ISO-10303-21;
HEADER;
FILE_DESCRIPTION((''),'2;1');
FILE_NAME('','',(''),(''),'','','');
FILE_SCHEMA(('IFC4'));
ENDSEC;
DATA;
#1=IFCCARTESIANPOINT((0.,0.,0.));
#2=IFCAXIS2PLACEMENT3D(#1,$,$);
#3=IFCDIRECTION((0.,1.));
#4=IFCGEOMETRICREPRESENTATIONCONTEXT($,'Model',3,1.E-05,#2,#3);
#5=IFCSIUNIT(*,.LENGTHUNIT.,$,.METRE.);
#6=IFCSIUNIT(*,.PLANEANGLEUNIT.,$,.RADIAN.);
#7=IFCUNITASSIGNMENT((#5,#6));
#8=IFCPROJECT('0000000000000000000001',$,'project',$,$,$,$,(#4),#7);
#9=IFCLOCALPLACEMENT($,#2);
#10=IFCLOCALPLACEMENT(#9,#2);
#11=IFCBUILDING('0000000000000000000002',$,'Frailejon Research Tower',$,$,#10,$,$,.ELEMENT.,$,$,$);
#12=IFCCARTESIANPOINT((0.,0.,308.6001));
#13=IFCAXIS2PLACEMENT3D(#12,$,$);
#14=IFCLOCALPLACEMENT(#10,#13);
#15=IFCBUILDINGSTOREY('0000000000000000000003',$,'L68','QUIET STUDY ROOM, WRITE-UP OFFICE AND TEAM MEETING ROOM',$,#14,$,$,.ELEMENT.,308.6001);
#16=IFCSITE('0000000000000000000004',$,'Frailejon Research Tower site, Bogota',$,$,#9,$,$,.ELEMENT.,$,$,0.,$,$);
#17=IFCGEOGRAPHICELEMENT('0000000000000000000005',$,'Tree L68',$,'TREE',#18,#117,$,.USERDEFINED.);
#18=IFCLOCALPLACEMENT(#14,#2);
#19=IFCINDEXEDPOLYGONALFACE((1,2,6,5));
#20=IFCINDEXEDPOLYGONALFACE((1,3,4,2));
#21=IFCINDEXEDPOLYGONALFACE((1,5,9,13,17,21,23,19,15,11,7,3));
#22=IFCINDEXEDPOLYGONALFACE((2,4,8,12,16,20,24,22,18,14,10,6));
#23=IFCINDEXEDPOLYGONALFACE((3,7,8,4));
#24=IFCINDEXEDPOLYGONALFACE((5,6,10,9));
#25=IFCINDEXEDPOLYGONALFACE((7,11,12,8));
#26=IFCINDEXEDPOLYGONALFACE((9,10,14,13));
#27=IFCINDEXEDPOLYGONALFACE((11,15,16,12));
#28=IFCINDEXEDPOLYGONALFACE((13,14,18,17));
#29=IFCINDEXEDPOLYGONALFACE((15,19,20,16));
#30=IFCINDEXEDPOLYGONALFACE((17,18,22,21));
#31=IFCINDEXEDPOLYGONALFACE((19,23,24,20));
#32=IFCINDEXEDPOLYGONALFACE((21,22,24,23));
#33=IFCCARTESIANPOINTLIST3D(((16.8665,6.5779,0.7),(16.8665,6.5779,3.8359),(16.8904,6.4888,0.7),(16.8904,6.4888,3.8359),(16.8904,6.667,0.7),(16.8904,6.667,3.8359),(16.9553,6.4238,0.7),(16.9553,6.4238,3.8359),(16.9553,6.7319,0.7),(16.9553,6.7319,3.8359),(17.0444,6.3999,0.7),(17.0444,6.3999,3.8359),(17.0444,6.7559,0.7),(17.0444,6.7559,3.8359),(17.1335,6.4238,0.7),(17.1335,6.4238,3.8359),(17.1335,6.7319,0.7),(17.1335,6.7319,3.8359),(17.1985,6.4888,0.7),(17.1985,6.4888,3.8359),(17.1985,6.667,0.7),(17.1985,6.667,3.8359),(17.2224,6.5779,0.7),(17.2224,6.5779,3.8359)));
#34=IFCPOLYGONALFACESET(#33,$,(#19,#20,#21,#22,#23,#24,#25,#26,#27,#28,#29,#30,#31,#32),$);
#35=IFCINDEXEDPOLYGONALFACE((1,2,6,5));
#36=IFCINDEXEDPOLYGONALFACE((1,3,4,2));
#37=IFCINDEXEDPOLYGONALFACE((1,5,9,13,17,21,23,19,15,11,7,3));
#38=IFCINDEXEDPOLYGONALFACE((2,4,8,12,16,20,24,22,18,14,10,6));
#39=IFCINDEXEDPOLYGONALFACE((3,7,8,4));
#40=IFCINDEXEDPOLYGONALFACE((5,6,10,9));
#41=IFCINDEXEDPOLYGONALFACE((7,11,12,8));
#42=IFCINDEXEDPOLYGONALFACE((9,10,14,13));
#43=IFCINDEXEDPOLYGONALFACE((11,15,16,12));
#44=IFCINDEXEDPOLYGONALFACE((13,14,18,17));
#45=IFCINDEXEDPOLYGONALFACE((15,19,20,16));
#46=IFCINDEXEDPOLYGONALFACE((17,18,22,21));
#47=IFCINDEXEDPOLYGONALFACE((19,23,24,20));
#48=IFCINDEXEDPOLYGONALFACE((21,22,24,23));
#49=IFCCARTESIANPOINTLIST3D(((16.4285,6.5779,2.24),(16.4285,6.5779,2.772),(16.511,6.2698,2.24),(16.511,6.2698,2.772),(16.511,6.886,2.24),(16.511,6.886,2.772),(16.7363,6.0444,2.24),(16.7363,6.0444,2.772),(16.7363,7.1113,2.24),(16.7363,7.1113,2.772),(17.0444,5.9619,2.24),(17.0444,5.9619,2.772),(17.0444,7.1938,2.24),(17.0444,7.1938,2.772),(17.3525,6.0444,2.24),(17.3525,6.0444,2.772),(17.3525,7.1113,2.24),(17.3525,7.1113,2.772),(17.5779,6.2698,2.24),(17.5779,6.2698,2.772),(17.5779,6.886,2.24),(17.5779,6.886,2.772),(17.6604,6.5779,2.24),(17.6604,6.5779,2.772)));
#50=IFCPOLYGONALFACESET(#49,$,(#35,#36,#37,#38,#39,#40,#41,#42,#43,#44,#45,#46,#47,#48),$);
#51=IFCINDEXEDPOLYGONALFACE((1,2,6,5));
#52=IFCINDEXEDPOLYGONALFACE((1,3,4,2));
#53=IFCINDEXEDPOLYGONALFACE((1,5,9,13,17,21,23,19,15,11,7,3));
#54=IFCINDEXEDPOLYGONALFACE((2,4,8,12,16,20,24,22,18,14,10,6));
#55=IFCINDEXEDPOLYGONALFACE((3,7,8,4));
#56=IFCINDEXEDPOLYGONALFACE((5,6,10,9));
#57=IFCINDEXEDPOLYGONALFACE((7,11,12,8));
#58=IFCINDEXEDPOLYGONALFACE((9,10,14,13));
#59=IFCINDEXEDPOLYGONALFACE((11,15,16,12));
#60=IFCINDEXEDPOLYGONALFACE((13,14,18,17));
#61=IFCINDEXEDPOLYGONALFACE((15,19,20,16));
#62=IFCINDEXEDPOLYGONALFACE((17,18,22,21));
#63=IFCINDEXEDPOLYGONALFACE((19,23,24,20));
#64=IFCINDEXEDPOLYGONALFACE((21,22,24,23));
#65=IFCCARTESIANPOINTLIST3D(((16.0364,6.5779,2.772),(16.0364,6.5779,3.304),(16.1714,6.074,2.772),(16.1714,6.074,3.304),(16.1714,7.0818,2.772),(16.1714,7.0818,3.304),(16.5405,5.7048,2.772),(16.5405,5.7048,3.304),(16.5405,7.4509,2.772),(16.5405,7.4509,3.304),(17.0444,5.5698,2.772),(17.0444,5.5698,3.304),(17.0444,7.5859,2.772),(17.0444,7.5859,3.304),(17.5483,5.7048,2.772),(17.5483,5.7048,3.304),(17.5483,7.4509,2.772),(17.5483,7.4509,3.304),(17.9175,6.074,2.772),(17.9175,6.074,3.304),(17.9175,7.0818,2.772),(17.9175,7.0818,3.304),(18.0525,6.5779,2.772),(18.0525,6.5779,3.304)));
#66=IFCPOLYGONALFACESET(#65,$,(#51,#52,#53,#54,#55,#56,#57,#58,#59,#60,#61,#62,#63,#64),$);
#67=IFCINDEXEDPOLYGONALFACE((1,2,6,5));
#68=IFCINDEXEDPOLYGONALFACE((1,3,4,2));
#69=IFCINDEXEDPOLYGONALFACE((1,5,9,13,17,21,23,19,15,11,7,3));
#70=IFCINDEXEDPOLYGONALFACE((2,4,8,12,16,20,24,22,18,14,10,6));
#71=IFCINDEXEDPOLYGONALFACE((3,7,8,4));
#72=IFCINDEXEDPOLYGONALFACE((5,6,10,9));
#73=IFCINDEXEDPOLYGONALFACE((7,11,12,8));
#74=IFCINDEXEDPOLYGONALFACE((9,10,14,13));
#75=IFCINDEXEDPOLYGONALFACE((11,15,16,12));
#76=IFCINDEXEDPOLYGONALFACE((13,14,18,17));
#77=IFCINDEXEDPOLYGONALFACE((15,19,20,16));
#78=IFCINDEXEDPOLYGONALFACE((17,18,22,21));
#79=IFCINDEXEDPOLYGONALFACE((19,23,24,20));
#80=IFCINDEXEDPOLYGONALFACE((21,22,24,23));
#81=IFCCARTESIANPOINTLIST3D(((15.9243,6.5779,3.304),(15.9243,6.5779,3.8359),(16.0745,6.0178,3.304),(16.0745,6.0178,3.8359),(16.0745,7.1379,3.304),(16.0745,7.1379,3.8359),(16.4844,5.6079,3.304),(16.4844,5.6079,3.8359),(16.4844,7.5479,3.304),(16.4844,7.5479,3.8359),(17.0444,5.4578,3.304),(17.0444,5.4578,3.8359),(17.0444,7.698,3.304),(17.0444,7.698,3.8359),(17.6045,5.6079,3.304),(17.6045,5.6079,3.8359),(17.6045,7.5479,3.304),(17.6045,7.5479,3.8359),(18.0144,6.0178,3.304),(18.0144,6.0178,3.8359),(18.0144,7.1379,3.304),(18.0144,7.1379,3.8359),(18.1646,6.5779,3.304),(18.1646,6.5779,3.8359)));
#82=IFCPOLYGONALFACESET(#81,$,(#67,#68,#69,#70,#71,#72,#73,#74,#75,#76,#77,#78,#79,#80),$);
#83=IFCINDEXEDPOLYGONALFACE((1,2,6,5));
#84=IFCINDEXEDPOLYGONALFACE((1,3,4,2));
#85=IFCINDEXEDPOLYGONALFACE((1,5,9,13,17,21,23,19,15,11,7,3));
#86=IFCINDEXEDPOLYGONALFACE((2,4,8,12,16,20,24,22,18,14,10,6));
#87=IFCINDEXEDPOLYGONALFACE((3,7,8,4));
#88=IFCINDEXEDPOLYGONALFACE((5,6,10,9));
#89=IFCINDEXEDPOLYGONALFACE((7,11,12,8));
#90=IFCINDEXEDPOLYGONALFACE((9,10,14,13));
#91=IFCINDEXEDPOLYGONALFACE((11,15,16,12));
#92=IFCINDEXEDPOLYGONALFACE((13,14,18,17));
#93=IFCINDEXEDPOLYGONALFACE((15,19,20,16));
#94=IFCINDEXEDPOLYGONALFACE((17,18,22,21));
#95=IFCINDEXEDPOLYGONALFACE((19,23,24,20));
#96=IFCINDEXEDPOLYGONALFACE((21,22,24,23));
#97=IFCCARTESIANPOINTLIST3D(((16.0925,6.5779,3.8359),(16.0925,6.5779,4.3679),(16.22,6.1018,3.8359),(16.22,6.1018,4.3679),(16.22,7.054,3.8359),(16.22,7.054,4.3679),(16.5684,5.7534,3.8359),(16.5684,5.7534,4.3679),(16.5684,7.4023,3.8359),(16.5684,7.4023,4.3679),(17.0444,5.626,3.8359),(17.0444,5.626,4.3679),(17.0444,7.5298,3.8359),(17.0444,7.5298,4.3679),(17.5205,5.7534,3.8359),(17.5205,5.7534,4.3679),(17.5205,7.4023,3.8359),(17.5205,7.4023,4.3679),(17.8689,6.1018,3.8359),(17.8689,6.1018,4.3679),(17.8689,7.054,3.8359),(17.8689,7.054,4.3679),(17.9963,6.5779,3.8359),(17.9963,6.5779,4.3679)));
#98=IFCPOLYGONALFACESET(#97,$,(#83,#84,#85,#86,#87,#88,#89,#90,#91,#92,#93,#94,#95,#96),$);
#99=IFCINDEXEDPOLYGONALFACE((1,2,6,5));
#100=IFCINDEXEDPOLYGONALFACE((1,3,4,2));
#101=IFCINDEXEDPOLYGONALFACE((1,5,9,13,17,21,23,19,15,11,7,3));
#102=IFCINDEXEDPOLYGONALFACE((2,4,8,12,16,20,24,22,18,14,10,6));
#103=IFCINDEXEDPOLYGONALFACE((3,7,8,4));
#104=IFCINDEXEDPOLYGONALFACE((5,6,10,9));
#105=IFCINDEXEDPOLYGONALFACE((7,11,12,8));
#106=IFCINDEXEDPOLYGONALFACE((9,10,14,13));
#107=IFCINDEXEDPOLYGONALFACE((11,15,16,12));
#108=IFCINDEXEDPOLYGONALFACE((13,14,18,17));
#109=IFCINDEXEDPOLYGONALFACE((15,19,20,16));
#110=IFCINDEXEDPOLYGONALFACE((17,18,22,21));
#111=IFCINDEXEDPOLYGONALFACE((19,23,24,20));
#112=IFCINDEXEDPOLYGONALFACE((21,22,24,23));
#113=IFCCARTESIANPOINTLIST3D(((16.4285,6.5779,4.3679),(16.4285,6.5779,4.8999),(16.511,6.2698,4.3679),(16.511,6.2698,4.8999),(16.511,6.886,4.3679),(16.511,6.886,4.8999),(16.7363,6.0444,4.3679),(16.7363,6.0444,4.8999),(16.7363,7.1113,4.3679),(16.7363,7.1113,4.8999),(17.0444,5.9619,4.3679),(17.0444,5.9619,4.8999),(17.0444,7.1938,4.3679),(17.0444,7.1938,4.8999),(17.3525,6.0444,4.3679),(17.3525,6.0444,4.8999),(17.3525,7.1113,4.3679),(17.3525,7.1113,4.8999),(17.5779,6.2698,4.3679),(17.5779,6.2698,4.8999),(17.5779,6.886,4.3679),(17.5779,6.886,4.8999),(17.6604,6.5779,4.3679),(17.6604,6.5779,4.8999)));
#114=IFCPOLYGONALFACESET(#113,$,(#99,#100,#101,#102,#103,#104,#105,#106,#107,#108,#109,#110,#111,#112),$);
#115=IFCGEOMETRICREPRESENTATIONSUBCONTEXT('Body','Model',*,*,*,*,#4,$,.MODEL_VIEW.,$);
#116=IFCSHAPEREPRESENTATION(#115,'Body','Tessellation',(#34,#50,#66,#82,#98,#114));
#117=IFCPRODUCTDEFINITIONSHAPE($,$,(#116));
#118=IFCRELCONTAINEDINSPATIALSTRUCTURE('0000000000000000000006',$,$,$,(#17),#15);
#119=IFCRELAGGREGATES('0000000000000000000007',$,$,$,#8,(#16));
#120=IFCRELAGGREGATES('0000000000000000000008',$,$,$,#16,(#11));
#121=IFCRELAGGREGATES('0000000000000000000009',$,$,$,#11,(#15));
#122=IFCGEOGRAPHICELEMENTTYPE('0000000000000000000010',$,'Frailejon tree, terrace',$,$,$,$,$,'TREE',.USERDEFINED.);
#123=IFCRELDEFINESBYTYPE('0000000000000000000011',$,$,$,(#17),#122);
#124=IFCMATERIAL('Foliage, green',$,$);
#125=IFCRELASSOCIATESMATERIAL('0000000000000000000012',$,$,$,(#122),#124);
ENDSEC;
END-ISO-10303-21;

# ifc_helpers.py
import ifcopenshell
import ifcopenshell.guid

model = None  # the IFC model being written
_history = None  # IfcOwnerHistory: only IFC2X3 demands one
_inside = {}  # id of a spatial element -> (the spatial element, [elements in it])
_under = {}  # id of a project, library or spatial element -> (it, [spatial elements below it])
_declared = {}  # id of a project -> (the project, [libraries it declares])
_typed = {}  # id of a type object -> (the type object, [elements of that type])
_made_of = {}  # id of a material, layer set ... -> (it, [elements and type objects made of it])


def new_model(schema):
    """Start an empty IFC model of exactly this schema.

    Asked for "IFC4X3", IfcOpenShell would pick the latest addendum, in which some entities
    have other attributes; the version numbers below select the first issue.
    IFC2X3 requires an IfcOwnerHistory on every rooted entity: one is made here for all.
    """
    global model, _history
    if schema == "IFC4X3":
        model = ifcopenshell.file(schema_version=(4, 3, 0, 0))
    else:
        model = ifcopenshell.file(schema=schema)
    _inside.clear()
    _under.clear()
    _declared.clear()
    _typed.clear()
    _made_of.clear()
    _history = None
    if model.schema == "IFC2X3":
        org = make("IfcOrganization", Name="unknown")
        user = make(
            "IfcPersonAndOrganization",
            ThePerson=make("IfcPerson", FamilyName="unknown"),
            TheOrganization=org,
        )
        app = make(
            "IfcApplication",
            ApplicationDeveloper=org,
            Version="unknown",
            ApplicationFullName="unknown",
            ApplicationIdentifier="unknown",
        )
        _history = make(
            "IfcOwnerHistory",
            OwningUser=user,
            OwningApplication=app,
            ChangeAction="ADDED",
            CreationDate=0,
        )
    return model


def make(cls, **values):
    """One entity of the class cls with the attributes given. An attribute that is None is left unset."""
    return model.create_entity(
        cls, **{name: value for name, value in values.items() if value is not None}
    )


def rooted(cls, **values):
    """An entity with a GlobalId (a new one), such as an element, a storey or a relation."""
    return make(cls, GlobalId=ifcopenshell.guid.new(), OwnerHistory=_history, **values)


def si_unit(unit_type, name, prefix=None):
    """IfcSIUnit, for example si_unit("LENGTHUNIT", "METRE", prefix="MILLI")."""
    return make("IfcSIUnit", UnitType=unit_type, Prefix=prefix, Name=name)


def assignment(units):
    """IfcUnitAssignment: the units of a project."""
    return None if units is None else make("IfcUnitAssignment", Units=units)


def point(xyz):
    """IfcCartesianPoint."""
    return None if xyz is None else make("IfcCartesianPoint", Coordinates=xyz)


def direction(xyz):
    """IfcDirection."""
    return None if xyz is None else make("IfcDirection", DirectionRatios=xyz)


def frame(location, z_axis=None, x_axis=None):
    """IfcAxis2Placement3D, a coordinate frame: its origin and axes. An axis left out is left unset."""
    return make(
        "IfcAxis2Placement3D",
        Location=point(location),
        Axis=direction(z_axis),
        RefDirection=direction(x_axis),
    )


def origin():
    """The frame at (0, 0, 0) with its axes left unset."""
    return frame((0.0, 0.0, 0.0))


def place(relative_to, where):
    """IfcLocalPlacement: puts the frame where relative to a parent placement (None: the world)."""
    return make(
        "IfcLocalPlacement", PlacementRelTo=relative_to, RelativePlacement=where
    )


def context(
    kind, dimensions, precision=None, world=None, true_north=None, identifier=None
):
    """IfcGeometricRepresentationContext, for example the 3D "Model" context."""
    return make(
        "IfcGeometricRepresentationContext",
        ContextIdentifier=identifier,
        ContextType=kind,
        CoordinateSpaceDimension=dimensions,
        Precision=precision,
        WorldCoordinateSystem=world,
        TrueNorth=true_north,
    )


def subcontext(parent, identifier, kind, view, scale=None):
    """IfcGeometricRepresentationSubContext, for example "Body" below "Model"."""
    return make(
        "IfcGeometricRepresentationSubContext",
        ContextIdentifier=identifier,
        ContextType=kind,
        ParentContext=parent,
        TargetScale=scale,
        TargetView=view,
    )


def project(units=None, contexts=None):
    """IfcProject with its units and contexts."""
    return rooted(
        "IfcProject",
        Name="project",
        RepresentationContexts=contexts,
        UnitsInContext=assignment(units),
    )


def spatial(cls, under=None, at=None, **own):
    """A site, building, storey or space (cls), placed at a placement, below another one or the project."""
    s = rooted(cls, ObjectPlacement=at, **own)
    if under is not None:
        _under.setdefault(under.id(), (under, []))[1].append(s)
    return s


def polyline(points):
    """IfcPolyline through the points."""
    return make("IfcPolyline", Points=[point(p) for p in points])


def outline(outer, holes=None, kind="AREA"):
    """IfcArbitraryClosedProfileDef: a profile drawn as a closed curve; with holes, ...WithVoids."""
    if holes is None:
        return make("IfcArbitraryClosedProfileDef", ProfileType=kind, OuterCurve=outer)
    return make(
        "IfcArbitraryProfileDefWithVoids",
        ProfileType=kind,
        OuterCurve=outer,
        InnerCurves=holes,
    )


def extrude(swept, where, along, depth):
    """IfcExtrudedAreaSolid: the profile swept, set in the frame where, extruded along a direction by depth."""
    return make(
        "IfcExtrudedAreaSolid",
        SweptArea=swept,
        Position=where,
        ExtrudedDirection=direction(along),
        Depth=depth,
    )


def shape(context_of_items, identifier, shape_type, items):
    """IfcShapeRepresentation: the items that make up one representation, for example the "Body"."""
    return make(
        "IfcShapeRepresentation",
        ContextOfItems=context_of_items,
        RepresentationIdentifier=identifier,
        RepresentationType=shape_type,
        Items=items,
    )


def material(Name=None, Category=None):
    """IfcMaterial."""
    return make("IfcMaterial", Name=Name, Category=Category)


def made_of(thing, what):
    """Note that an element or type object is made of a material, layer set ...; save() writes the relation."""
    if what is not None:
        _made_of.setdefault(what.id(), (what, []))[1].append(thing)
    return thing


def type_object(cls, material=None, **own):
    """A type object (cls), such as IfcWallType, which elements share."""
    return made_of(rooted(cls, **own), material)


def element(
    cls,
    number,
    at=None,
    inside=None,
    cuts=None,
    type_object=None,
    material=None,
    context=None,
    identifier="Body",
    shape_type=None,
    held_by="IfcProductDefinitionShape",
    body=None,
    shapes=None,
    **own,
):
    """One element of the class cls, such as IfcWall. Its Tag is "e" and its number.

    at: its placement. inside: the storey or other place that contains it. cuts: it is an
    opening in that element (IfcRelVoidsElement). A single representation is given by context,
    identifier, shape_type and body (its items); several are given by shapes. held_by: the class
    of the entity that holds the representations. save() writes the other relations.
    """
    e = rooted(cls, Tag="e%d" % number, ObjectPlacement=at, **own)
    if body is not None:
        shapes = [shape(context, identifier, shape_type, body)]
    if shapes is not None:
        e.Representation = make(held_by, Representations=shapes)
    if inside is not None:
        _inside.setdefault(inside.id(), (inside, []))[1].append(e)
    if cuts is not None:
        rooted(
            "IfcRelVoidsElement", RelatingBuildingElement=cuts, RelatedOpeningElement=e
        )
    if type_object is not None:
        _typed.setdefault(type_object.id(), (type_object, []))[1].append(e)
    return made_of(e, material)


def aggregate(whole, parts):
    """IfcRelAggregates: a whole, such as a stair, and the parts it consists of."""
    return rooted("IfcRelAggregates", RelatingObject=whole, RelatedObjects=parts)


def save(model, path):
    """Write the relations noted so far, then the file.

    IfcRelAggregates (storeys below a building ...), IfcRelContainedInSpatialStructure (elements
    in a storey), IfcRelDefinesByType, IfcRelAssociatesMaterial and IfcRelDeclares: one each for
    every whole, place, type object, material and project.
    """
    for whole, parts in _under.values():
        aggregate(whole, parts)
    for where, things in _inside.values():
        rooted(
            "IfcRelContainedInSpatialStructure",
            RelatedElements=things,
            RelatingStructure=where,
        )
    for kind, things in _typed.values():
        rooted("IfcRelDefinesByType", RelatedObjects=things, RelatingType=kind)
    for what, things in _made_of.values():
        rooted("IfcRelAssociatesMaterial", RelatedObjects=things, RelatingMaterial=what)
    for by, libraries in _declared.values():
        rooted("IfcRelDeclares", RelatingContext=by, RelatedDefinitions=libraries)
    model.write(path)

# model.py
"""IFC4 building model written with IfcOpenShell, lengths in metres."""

from ifc_helpers import new_model, si_unit, direction, frame, origin, place, context, subcontext, project, spatial, polyline, outline, extrude, material, type_object, element, save


model = new_model("IFC4")

# Units and contexts
model_context = context("Model", 3, precision=1e-05, world=origin(), true_north=direction((0.0, 1.0)))
body_context = subcontext(model_context, "Body", "Model", "MODEL_VIEW")
ifc_project = project(units=[si_unit("LENGTHUNIT", "METRE"), si_unit("PLANEANGLEUNIT", "RADIAN")], contexts=[model_context])

# Site, building, storey
site_placement = place(None, origin())
site = spatial("IfcSite", under=ifc_project, at=site_placement, Name="Frailejon Research Tower site, Bogota", CompositionType="ELEMENT", RefElevation=0.0)
building_placement = place(site_placement, origin())
building = spatial("IfcBuilding", under=site, at=building_placement, Name="Frailejon Research Tower", CompositionType="ELEMENT")
storey_placement = place(building_placement, frame((0.0, 0.0, 308.6001)))
storey = spatial("IfcBuildingStorey", under=building, at=storey_placement, Name="L68", Description="QUIET STUDY ROOM, WRITE-UP OFFICE AND TEAM MEETING ROOM", CompositionType="ELEMENT", Elevation=308.6001)

# Geographic element
ifc_material_1 = material(Name="Foliage, green")
geographic_element_type = type_object("IfcGeographicElementType", Name="Frailejon tree, terrace", ElementType="TREE", PredefinedType="USERDEFINED", material=ifc_material_1)
geographic_element_placement = place(storey_placement, frame((17.0444, 6.5779, 0.7)))
element("IfcGeographicElement", 1, at=geographic_element_placement, inside=storey, type_object=geographic_element_type, Name="Tree L68", ObjectType="TREE", PredefinedType="USERDEFINED", context=body_context, shape_type="SweptSolid", body=[
    extrude(outline(polyline([(0.178, 0.0), (0.1541, 0.0891), (0.0891, 0.1541), (0.0, 0.178), (-0.0891, 0.1541), (-0.1541, 0.0891), (-0.178, 0.0), (-0.1541, -0.0891), (-0.0891, -0.1541), (0.0, -0.178), (0.0891, -0.1541), (0.1541, -0.0891), (0.178, 0.0)])), origin(), (0.0, 0.0, 1.0), 3.136),
    extrude(outline(polyline([(0.616, 0.0), (0.5334, 0.3081), (0.3081, 0.5334), (0.0, 0.616), (-0.3081, 0.5334), (-0.5334, 0.3081), (-0.616, 0.0), (-0.5334, -0.3081), (-0.3081, -0.5334), (0.0, -0.616), (0.3081, -0.5334), (0.5334, -0.3081), (0.616, 0.0)])), frame((0.0, 0.0, 1.54)), (0.0, 0.0, 1.0), 0.532),
    extrude(outline(polyline([(1.0081, 0.0), (0.873, 0.5039), (0.5039, 0.873), (0.0, 1.0081), (-0.5039, 0.873), (-0.873, 0.5039), (-1.0081, 0.0), (-0.873, -0.5039), (-0.5039, -0.873), (0.0, -1.0081), (0.5039, -0.873), (0.873, -0.5039), (1.0081, 0.0)])), frame((0.0, 0.0, 2.072)), (0.0, 0.0, 1.0), 0.532),
    extrude(outline(polyline([(1.1201, 0.0), (0.97, 0.5601), (0.5601, 0.97), (0.0, 1.1201), (-0.5601, 0.97), (-0.97, 0.5601), (-1.1201, 0.0), (-0.97, -0.5601), (-0.5601, -0.97), (0.0, -1.1201), (0.5601, -0.97), (0.97, -0.5601), (1.1201, 0.0)])), frame((0.0, 0.0, 2.604)), (0.0, 0.0, 1.0), 0.532),
    extrude(outline(polyline([(0.9519, 0.0), (0.8245, 0.4761), (0.4761, 0.8245), (0.0, 0.9519), (-0.4761, 0.8245), (-0.8245, 0.4761), (-0.9519, 0.0), (-0.8245, -0.4761), (-0.4761, -0.8245), (0.0, -0.9519), (0.4761, -0.8245), (0.8245, -0.4761), (0.9519, 0.0)])), frame((0.0, 0.0, 3.136)), (0.0, 0.0, 1.0), 0.532),
    extrude(outline(polyline([(0.616, 0.0), (0.5334, 0.3081), (0.3081, 0.5334), (0.0, 0.616), (-0.3081, 0.5334), (-0.5334, 0.3081), (-0.616, 0.0), (-0.5334, -0.3081), (-0.3081, -0.5334), (0.0, -0.616), (0.3081, -0.5334), (0.5334, -0.3081), (0.616, 0.0)])), frame((0.0, 0.0, 3.668)), (0.0, 0.0, 1.0), 0.532),
])

save(model, "model.ifc")
